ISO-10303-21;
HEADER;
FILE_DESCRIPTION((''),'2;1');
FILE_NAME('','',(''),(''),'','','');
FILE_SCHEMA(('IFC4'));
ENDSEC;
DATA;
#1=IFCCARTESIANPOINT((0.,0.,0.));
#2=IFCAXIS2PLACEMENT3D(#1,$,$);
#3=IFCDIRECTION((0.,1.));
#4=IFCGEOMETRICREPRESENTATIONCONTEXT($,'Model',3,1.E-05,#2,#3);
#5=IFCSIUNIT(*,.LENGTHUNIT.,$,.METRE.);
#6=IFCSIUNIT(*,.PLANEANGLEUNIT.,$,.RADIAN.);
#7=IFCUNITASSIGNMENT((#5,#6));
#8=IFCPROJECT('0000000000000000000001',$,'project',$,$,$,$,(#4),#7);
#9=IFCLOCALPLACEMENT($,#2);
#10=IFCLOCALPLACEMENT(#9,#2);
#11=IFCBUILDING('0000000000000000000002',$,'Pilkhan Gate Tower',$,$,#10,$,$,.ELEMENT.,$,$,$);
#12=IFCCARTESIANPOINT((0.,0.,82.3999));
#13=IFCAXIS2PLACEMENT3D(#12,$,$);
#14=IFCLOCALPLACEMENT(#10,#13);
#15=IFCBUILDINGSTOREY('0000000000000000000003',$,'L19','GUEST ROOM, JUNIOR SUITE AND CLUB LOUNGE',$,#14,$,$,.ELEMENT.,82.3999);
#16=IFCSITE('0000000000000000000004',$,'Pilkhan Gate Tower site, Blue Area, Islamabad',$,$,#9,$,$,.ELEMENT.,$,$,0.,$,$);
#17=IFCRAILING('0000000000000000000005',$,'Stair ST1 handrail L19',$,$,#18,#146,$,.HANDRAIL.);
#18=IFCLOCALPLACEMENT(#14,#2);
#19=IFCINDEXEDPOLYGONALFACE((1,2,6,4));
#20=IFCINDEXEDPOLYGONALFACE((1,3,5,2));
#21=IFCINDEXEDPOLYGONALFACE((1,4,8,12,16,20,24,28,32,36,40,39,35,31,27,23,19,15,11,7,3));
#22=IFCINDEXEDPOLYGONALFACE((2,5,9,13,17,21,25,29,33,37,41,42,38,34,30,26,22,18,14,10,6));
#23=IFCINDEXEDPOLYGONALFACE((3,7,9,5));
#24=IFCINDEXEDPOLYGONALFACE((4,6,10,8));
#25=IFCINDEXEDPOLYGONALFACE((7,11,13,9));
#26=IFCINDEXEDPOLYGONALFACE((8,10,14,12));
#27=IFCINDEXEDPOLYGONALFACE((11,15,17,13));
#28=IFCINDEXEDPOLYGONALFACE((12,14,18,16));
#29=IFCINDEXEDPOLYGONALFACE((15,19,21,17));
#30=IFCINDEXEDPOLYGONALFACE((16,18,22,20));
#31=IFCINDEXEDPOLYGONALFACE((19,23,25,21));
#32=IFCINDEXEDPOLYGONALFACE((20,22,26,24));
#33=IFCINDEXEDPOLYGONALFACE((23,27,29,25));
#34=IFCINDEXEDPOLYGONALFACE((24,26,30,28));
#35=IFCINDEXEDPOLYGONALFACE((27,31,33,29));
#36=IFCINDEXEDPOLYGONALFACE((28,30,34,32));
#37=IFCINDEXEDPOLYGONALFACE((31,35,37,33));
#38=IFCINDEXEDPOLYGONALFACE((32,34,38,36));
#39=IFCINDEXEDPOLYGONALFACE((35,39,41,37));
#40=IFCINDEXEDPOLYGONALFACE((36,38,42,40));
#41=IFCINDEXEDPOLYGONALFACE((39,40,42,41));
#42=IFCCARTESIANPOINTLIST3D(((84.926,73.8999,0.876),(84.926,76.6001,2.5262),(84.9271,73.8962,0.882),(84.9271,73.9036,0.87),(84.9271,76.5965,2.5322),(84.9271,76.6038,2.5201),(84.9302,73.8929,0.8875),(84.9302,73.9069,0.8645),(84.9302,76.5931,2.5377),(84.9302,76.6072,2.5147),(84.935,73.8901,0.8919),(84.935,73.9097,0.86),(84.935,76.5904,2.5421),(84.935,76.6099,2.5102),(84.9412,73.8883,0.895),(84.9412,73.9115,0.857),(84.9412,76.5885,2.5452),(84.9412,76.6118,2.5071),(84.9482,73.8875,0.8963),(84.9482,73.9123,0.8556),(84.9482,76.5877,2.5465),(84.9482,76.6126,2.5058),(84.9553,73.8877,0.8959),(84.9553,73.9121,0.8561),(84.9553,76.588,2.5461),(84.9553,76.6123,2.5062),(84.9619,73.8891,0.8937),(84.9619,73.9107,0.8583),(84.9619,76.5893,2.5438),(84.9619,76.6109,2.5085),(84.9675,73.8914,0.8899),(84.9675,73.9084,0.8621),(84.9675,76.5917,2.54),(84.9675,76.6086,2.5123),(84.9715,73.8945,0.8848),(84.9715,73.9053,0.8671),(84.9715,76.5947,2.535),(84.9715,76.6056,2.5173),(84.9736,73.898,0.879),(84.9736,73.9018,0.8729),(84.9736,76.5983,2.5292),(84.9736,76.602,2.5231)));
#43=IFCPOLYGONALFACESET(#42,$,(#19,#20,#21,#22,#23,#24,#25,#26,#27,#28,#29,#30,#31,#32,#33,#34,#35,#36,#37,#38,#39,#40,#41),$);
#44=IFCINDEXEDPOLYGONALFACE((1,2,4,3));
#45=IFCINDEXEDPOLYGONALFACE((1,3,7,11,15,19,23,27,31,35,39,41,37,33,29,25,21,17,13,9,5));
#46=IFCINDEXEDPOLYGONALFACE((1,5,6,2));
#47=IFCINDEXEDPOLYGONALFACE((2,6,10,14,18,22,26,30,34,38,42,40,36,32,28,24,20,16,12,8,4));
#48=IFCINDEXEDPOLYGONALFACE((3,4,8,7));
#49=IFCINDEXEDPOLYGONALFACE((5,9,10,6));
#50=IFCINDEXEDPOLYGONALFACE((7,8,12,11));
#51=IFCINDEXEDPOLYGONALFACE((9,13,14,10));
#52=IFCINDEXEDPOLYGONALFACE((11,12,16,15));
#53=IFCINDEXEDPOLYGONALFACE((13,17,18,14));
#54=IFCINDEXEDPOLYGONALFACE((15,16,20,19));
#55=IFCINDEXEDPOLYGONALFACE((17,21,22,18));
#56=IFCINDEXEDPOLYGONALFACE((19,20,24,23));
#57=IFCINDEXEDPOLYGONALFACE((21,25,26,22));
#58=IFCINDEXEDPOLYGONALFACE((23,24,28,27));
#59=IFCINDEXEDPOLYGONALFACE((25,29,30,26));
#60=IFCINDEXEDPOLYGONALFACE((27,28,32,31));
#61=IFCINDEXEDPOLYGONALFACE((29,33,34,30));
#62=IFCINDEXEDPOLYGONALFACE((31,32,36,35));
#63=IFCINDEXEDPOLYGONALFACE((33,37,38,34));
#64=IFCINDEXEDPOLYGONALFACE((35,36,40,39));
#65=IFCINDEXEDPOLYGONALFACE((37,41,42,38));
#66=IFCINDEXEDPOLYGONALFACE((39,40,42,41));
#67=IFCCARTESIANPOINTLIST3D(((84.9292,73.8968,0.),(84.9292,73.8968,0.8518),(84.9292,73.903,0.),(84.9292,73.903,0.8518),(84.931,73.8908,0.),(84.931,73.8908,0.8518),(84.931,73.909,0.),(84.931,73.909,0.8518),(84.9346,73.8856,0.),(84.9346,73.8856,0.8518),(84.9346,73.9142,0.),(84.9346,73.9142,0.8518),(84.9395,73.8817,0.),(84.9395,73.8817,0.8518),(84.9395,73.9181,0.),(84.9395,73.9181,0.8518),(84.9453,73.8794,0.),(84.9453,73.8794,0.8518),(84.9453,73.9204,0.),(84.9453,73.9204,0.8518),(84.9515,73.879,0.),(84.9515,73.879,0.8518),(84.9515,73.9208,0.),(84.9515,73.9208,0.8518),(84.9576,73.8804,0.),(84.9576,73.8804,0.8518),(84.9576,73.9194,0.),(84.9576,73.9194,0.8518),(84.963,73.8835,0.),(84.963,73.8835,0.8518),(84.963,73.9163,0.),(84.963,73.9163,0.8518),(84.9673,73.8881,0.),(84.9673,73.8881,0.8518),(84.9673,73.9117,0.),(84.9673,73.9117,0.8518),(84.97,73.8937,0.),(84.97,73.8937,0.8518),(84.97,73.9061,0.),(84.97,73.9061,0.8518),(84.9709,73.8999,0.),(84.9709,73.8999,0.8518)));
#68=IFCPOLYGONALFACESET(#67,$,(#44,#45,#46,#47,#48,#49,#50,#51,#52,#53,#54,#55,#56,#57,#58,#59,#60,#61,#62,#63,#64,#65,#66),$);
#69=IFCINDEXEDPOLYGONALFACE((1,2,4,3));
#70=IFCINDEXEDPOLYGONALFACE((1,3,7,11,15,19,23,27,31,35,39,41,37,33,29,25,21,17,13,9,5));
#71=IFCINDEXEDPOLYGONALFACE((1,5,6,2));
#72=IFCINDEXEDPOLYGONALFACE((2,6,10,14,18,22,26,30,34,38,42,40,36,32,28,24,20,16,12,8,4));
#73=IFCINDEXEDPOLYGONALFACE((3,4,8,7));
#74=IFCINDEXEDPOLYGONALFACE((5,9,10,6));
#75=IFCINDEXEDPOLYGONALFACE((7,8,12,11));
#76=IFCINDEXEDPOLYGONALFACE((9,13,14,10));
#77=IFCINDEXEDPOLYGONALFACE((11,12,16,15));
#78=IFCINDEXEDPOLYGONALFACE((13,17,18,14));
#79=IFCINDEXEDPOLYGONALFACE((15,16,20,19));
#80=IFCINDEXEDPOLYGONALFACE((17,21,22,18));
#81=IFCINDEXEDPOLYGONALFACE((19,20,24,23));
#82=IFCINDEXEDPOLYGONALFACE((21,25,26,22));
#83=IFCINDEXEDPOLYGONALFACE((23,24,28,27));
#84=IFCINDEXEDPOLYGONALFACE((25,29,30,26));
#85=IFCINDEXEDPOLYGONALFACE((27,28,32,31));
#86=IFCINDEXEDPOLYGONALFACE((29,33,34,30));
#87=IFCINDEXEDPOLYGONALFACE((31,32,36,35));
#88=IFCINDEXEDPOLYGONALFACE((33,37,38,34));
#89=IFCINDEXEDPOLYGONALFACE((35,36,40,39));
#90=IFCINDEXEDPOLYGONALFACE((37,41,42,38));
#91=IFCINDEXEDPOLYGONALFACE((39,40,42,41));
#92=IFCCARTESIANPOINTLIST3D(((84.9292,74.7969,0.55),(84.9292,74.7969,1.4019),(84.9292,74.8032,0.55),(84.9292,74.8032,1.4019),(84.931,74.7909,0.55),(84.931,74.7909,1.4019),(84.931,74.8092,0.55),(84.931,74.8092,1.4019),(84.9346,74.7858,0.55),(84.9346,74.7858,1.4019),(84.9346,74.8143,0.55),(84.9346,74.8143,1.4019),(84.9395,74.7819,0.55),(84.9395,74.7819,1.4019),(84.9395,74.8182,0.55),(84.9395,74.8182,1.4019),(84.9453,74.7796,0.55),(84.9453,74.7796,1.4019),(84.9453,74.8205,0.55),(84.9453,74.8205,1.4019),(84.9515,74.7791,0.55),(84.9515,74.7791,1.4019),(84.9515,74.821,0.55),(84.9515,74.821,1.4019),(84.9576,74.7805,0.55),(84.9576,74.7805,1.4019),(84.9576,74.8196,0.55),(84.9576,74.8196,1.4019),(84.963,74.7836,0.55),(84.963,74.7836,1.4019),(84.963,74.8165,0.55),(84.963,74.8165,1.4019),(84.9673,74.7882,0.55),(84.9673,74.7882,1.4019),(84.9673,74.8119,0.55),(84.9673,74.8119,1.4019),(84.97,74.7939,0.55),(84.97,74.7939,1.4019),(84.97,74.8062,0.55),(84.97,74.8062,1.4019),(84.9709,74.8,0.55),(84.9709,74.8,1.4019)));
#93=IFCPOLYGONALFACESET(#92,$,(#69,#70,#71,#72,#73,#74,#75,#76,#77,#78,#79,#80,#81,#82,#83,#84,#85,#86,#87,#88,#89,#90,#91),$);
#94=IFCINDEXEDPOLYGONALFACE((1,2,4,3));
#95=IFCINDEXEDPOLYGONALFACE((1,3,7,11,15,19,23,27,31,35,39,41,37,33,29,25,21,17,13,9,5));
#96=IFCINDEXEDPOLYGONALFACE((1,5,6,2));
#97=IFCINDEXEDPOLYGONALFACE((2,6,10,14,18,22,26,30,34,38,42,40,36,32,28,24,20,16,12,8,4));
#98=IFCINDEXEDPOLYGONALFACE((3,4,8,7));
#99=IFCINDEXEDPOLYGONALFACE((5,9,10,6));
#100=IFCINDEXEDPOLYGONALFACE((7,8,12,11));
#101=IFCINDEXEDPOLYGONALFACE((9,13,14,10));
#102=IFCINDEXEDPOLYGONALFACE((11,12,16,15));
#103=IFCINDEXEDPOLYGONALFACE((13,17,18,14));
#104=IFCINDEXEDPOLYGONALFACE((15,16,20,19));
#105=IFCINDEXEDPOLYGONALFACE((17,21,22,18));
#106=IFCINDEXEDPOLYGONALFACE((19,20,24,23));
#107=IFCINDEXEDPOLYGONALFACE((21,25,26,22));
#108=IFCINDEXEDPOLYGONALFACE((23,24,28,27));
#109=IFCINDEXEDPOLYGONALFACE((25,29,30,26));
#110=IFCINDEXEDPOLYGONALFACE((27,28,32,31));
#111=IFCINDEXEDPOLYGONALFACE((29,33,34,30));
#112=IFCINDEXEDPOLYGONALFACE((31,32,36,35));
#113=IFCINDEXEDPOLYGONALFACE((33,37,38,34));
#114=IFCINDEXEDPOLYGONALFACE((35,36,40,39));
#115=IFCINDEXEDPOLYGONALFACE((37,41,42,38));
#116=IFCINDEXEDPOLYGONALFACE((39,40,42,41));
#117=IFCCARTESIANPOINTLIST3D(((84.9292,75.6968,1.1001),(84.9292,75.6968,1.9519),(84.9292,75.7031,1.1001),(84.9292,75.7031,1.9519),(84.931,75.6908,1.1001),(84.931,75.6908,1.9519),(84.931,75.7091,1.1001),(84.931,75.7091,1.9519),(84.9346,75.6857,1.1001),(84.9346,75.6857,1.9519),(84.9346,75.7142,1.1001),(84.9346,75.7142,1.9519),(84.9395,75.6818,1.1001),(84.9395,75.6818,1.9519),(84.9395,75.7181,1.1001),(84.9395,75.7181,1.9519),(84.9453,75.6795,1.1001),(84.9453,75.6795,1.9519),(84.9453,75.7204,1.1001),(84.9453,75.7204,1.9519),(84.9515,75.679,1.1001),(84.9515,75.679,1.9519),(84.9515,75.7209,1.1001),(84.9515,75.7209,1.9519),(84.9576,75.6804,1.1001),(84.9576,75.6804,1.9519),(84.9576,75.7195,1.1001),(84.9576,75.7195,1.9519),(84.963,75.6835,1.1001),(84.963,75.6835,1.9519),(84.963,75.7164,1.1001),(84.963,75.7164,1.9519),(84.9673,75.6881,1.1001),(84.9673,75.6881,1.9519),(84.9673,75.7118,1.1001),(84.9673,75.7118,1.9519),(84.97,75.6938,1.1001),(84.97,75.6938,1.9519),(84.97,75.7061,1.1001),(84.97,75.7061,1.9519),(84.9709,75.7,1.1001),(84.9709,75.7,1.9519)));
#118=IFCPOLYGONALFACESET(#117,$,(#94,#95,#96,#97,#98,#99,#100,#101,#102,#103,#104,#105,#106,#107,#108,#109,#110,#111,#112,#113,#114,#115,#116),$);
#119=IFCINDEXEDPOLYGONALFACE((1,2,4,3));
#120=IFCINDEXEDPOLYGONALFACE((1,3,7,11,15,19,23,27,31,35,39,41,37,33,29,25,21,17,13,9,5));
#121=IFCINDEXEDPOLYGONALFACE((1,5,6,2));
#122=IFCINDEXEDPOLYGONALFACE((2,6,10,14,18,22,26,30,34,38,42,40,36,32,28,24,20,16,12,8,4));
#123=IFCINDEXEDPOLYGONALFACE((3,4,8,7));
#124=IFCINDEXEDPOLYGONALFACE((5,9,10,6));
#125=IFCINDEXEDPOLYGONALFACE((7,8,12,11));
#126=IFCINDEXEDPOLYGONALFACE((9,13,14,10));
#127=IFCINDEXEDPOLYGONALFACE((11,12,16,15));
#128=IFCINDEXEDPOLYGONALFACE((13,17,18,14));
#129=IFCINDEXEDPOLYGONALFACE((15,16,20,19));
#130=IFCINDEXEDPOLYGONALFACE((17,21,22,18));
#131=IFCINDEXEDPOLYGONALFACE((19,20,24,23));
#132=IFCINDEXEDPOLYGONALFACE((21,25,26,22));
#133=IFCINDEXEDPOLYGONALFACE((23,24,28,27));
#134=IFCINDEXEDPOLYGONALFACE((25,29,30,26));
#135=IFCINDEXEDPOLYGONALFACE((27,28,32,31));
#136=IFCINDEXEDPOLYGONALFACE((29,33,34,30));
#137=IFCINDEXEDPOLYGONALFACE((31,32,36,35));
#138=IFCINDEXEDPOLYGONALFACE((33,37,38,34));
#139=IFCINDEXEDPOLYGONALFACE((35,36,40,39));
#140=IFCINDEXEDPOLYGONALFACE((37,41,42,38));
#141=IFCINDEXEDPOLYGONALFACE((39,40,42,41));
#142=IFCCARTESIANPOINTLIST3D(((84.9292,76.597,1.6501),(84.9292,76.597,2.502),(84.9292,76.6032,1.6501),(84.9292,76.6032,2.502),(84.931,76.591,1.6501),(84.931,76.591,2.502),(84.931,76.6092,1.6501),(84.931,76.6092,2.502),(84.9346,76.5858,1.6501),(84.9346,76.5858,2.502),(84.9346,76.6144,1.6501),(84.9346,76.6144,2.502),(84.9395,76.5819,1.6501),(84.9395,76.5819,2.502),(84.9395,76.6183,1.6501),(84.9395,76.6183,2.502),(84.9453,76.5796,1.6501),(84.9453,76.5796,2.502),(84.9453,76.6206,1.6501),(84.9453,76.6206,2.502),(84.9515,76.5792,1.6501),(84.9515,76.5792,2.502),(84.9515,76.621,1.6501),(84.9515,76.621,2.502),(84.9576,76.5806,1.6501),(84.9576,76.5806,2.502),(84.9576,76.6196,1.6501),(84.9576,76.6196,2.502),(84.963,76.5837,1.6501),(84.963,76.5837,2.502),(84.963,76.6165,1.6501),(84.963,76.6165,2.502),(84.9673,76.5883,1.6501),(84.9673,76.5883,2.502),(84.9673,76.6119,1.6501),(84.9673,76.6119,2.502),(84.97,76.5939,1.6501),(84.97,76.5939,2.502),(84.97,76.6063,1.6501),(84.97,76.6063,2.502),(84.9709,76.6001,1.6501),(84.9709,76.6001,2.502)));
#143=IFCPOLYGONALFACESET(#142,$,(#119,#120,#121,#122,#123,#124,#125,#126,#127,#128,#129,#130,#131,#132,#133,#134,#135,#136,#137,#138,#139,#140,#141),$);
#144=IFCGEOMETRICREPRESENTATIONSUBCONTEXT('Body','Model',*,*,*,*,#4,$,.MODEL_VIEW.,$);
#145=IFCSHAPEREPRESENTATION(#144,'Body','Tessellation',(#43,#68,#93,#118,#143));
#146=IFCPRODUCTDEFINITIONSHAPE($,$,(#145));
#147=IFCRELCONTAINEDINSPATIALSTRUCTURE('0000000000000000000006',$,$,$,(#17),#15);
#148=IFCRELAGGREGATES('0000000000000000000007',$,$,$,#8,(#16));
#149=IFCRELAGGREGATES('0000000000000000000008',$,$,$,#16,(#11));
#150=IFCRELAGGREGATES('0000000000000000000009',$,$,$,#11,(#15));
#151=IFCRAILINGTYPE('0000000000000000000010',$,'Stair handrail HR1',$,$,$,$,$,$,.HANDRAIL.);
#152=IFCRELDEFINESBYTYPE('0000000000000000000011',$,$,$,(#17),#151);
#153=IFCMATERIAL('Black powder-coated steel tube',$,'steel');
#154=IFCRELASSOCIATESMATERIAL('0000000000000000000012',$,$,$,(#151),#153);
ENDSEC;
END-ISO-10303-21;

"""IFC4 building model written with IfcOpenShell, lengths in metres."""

from ifc_helpers import new_model, si_unit, direction, frame, origin, origin_2d, place, context, subcontext, project, spatial, circle, extrude, material, type_object, element, save


model = new_model("IFC4")

# Units and contexts
model_context = context("Model", 3, precision=1e-05, world=origin(), true_north=direction((0.0, 1.0)))
body_context = subcontext(model_context, "Body", "Model", "MODEL_VIEW")
ifc_project = project(units=[si_unit("LENGTHUNIT", "METRE"), si_unit("PLANEANGLEUNIT", "RADIAN")], contexts=[model_context])

# Site, building, storey
site_placement = place(None, origin())
site = spatial("IfcSite", under=ifc_project, at=site_placement, Name="Pilkhan Gate Tower site, Blue Area, Islamabad", CompositionType="ELEMENT", RefElevation=0.0)
building_placement = place(site_placement, origin())
building = spatial("IfcBuilding", under=site, at=building_placement, Name="Pilkhan Gate Tower", CompositionType="ELEMENT")
storey_placement = place(building_placement, frame((0.0, 0.0, 82.3999)))
storey = spatial("IfcBuildingStorey", under=building, at=storey_placement, Name="L19", Description="GUEST ROOM, JUNIOR SUITE AND CLUB LOUNGE", CompositionType="ELEMENT", Elevation=82.3999)

# Railing
ifc_material_1 = material(Name="Black powder-coated steel tube", Category="steel")
railing_type_1 = type_object("IfcRailingType", Name="Stair handrail HR1", PredefinedType="HANDRAIL", material=ifc_material_1)
railing_1_placement = place(storey_placement, frame((84.95, 73.8999, 0.0)))
element("IfcRailing", 1, at=railing_1_placement, inside=storey, type_object=railing_type_1, Name="Stair ST1 handrail L19", PredefinedType="HANDRAIL", context=body_context, shape_type="SweptSolid", body=[
    extrude(circle(Radius=0.0239, at=origin_2d()), frame((0.0, 0.0, 0.876), z_axis=(0.0, 0.853278, 0.521456), x_axis=(-1.0, 0.0, 0.0)), (0.0, 0.0, 1.0), 3.1646),
    extrude(circle(Radius=0.021, at=origin_2d()), origin(), (0.0, 0.0, 1.0), 0.8518),
    extrude(circle(Radius=0.021, at=origin_2d()), frame((0.0, 0.9001, 0.55)), (0.0, 0.0, 1.0), 0.8518),
    extrude(circle(Radius=0.021, at=origin_2d()), frame((0.0, 1.8, 1.1001)), (0.0, 0.0, 1.0), 0.8518),
    extrude(circle(Radius=0.021, at=origin_2d()), frame((0.0, 2.7002, 1.6501)), (0.0, 0.0, 1.0), 0.8518),
])

save(model, "model.ifc")
